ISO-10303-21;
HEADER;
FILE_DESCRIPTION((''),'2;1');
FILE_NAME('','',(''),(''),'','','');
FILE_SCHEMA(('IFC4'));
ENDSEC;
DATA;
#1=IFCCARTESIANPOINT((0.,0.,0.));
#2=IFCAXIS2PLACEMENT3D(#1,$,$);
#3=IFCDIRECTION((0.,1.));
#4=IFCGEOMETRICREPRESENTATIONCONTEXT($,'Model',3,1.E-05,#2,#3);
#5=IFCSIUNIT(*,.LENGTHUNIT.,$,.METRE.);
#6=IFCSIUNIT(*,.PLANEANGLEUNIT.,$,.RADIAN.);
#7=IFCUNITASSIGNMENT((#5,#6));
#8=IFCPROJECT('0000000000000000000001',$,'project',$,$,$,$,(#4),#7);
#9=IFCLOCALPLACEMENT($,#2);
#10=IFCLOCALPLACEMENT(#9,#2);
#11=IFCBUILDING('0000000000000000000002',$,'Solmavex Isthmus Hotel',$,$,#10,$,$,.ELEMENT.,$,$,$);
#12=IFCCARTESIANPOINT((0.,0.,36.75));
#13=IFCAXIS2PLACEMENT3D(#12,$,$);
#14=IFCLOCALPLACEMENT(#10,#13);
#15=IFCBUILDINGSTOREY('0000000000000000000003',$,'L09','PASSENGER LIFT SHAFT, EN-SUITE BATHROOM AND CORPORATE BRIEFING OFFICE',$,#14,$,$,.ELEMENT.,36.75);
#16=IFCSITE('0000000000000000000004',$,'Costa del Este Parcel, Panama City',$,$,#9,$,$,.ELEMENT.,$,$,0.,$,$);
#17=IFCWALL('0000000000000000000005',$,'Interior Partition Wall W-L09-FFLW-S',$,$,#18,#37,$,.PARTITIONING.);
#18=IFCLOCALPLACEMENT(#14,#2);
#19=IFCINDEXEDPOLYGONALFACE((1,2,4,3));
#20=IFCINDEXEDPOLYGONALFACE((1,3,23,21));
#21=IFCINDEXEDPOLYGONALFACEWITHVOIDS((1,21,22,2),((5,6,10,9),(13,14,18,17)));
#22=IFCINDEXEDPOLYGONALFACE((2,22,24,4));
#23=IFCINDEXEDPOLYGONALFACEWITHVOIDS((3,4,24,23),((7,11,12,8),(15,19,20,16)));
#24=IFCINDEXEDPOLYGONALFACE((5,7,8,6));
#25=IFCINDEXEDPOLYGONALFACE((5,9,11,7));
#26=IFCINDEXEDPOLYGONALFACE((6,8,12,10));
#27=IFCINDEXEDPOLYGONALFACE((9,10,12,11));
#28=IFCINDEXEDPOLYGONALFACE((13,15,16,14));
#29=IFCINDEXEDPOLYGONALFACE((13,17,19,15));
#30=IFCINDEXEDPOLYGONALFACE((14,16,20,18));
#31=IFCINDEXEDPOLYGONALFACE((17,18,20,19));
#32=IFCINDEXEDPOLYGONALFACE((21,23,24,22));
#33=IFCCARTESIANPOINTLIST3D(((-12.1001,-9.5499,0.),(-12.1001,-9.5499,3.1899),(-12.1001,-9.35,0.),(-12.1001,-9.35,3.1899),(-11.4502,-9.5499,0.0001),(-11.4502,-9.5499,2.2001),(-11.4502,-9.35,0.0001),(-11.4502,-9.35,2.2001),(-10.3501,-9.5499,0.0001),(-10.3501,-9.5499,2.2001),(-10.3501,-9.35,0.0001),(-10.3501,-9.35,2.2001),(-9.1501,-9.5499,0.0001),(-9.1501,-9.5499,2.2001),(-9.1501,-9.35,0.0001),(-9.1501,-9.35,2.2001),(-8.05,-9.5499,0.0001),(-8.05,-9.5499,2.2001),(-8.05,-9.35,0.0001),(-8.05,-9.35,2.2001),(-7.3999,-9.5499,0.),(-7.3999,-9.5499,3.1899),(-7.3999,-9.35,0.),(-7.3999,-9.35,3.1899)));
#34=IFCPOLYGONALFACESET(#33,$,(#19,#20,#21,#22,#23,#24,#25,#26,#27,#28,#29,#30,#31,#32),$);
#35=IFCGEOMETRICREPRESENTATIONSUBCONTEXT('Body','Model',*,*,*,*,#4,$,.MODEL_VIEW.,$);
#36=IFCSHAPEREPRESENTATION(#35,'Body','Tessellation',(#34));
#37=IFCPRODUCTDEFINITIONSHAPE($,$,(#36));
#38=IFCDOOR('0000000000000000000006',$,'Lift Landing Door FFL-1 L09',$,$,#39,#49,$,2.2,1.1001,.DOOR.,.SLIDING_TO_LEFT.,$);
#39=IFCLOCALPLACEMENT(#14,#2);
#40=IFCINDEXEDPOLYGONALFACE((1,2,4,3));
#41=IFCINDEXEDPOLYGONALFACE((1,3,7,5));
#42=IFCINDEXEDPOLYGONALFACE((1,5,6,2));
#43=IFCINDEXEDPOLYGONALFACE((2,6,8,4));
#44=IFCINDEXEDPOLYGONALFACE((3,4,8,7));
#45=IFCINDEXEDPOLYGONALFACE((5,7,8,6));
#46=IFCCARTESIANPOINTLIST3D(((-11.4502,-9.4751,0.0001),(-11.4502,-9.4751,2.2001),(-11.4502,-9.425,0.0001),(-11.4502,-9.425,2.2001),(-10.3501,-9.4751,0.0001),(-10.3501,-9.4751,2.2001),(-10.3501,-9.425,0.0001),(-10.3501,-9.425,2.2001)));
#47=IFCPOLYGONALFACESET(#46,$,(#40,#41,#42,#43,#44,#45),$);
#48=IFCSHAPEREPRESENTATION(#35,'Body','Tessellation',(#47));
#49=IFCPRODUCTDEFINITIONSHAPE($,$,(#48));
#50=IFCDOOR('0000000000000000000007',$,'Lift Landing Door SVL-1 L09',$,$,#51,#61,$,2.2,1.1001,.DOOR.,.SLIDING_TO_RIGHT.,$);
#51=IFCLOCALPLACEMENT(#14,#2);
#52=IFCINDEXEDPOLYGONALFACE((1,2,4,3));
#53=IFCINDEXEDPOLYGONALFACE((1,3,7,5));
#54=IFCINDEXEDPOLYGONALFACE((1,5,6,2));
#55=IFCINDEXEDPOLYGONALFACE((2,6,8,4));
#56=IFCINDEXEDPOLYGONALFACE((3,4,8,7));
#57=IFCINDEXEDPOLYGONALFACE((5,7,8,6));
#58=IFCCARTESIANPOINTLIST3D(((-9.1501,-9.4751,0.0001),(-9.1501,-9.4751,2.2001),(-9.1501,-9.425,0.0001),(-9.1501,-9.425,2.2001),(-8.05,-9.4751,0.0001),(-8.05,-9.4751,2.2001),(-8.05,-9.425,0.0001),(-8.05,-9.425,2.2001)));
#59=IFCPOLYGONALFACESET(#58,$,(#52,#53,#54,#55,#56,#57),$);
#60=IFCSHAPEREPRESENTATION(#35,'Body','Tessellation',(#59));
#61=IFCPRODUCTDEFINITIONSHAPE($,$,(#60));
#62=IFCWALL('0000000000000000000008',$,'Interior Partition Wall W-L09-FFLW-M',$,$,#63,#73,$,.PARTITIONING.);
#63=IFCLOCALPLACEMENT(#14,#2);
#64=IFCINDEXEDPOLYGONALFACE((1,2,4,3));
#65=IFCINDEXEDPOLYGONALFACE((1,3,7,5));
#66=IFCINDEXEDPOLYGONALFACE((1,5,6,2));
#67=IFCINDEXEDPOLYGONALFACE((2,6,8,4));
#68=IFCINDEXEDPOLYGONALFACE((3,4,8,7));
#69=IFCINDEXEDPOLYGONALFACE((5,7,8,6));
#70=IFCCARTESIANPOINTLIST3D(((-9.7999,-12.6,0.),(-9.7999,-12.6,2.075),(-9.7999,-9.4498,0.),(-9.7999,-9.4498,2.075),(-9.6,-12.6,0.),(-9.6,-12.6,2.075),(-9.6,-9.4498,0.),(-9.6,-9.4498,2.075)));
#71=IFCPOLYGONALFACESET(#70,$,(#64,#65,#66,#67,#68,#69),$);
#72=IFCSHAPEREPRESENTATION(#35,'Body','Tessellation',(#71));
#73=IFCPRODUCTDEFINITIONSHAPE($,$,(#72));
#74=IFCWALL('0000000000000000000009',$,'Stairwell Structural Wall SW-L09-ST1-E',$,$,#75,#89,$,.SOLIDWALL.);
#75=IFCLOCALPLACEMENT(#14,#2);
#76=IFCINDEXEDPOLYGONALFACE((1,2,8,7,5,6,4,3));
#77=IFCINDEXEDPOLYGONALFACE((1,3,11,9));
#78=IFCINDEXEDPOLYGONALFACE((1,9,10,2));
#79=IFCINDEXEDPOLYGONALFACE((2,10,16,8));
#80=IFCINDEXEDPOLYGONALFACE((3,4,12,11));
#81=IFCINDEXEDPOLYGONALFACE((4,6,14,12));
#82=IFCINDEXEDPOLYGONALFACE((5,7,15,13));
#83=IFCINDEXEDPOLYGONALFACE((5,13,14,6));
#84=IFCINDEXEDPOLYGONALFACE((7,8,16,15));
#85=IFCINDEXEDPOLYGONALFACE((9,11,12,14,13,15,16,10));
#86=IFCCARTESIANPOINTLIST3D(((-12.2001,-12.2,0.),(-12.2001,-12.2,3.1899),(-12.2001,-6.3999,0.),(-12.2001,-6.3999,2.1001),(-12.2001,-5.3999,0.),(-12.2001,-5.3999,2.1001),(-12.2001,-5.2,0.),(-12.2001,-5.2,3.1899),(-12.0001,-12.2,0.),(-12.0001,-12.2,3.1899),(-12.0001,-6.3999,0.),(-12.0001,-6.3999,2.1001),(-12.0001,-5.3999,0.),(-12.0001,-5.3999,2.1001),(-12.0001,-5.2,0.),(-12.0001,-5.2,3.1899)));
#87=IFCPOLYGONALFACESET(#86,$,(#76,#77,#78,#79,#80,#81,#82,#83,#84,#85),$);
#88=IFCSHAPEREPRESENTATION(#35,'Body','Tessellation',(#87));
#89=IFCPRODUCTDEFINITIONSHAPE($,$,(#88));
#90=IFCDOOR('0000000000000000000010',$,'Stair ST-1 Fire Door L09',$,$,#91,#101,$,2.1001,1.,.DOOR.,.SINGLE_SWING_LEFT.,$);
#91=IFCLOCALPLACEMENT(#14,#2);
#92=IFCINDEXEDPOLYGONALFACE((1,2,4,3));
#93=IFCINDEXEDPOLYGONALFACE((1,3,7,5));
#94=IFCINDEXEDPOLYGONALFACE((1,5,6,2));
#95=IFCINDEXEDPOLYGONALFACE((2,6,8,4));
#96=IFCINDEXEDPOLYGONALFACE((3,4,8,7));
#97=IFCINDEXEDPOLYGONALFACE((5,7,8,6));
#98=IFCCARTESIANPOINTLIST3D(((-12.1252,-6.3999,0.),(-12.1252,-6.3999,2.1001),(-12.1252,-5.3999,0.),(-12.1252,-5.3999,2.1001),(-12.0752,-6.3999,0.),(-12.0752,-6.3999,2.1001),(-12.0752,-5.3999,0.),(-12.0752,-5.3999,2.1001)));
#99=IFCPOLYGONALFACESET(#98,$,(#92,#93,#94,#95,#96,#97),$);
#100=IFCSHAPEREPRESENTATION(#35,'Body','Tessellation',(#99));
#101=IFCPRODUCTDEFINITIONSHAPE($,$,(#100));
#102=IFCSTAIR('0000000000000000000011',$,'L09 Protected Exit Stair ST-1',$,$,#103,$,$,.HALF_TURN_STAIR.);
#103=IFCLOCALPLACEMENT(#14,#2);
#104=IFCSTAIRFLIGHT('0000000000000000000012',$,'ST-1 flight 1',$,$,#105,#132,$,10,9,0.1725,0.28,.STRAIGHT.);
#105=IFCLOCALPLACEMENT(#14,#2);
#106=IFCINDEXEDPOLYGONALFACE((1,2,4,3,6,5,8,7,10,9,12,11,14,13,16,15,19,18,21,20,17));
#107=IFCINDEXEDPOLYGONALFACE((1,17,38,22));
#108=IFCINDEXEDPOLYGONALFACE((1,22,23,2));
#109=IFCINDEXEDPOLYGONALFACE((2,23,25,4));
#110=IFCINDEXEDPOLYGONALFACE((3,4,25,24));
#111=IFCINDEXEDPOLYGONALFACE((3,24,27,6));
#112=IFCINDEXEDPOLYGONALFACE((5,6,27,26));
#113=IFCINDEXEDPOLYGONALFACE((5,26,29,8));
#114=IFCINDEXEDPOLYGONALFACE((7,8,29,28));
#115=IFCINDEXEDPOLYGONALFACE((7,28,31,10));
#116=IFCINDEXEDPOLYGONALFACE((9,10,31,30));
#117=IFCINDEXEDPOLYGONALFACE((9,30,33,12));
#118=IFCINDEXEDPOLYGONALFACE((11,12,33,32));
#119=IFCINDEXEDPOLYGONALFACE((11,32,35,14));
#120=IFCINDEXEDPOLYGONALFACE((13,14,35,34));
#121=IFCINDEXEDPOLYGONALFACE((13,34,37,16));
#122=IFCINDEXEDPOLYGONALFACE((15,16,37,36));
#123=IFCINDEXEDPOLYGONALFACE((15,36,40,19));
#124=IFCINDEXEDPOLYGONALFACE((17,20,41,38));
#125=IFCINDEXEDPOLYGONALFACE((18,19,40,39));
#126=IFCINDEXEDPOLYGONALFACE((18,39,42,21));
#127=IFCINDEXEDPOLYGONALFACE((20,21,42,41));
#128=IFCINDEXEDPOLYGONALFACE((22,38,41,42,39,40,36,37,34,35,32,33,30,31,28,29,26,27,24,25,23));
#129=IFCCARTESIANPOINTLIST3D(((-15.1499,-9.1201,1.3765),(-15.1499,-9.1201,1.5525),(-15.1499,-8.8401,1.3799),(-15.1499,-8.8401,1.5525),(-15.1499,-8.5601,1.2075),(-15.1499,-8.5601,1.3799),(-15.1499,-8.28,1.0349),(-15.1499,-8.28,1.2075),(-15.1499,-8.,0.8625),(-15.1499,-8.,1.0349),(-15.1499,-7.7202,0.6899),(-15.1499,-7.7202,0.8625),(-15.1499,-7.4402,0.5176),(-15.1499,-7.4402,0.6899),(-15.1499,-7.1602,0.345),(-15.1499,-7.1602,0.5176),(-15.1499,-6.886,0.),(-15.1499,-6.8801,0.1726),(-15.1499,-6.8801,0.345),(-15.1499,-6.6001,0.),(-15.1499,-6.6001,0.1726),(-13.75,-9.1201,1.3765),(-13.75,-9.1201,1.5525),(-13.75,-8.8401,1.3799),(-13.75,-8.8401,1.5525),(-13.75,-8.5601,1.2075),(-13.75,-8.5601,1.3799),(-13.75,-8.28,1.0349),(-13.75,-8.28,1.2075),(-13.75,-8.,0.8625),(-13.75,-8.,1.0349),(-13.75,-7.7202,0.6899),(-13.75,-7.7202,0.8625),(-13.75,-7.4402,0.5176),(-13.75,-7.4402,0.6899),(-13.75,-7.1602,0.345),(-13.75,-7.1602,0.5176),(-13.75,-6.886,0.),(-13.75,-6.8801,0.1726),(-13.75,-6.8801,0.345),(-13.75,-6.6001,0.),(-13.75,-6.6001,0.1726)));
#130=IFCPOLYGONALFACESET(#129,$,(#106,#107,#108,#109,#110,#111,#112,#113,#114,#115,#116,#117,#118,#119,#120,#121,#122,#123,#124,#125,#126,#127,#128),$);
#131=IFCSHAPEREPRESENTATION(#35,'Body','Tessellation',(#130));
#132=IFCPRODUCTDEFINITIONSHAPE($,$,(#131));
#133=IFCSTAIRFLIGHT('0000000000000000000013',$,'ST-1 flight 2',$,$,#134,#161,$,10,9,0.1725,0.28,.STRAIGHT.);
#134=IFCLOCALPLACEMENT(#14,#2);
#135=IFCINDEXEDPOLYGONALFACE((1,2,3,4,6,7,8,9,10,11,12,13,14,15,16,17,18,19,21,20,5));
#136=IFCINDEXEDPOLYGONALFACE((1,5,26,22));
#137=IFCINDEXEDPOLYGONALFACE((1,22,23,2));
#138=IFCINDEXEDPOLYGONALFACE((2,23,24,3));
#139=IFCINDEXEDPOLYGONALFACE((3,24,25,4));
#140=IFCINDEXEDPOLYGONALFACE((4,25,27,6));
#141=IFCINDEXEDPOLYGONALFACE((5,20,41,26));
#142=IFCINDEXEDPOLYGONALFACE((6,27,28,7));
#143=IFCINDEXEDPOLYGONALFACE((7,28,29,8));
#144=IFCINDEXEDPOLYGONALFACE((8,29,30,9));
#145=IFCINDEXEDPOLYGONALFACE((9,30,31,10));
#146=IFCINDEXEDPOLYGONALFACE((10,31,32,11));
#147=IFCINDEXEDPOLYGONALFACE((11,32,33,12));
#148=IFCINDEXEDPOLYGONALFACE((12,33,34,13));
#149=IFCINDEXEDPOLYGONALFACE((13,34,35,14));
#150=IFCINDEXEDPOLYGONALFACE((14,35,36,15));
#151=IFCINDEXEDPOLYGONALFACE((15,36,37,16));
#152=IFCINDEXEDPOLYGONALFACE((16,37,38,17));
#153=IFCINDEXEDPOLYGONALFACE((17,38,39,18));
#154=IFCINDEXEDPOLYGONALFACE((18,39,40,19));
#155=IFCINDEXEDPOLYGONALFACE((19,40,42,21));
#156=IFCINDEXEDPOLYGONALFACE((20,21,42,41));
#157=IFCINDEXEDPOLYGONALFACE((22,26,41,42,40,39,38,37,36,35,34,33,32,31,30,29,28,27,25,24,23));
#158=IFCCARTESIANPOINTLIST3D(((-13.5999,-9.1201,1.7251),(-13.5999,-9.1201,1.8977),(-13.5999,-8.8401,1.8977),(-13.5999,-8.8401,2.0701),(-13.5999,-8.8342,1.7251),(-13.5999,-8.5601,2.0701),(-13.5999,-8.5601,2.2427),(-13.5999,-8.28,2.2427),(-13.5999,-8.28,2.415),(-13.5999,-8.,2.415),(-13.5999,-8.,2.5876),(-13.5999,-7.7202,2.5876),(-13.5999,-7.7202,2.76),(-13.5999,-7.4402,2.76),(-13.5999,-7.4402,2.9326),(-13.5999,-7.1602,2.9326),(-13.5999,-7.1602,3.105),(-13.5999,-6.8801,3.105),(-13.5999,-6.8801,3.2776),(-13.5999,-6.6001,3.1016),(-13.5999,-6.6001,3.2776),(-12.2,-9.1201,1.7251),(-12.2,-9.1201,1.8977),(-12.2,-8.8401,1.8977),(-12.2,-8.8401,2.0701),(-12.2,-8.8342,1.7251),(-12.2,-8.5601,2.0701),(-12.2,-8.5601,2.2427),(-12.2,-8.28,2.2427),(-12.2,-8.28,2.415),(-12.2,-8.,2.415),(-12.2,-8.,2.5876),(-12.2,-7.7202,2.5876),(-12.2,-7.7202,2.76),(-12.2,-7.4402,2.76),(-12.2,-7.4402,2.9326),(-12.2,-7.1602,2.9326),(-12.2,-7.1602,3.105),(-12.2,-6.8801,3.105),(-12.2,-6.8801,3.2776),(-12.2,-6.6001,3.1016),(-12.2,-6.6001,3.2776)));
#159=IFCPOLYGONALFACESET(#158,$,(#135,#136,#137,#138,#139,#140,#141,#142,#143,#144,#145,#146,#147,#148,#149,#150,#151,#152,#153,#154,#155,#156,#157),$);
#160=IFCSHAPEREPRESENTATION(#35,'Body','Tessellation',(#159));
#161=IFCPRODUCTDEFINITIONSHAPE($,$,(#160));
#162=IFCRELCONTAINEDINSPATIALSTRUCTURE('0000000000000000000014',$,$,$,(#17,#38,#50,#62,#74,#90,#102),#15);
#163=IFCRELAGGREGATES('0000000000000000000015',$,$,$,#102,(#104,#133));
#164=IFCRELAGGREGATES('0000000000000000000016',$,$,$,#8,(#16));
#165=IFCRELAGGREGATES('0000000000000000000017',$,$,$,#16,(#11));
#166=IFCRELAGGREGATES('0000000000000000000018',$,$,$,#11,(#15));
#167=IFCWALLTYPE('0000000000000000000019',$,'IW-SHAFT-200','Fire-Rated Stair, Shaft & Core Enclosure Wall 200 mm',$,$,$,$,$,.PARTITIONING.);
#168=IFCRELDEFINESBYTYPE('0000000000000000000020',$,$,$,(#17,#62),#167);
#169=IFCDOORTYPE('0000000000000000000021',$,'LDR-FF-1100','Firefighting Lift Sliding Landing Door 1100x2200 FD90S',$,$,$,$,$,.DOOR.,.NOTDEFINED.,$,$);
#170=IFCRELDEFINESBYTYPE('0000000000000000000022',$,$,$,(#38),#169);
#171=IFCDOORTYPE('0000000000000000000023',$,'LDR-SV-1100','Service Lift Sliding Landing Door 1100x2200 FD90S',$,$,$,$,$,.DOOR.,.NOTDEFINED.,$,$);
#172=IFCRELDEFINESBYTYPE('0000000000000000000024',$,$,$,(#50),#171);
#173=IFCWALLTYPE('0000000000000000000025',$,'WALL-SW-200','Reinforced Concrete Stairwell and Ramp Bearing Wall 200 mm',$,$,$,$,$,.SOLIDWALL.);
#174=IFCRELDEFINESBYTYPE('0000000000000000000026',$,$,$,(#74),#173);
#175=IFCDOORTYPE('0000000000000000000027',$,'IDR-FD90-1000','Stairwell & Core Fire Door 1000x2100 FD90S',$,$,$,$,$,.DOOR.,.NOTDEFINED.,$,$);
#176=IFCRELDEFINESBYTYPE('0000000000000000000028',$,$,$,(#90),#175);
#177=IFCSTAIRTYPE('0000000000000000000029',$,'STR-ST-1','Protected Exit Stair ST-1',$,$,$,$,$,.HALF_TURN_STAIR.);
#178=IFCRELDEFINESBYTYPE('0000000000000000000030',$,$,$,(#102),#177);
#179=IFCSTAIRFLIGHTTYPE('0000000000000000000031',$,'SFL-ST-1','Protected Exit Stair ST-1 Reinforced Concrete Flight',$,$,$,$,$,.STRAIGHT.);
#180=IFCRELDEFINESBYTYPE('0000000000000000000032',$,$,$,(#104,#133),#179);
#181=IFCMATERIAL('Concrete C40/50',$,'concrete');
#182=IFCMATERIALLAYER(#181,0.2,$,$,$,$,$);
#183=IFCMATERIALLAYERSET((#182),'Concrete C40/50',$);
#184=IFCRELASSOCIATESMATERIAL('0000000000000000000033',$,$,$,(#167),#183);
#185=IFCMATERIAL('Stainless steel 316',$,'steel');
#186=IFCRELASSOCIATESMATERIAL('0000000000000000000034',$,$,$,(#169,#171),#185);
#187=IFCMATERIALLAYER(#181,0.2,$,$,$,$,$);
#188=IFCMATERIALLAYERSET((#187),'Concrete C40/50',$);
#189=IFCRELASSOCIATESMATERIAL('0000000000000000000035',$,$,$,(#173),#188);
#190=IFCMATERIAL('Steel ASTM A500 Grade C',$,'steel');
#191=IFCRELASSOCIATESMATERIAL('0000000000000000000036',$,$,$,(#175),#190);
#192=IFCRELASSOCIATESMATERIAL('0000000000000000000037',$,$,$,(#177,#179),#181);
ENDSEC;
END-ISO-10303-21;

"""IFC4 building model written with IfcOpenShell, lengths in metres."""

from ifc_helpers import new_model, si_unit, direction, frame, frame_2d, origin, place, context, subcontext, project, spatial, polyline, rectangle, outline, extrude, material, layer, layer_set, type_object, element, fill, aggregate, save


model = new_model("IFC4")

# Units and contexts
model_context = context("Model", 3, precision=1e-05, world=origin(), true_north=direction((0.0, 1.0)))
body_context = subcontext(model_context, "Body", "Model", "MODEL_VIEW")
ifc_project = project(units=[si_unit("LENGTHUNIT", "METRE"), si_unit("PLANEANGLEUNIT", "RADIAN")], contexts=[model_context])

# Site, building, storey
site_placement = place(None, origin())
site = spatial("IfcSite", under=ifc_project, at=site_placement, Name="Costa del Este Parcel, Panama City", CompositionType="ELEMENT", RefElevation=0.0)
building_placement = place(site_placement, origin())
building = spatial("IfcBuilding", under=site, at=building_placement, Name="Solmavex Isthmus Hotel", CompositionType="ELEMENT")
storey_placement = place(building_placement, frame((0.0, 0.0, 36.75)))
storey = spatial("IfcBuildingStorey", under=building, at=storey_placement, Name="L09", Description="PASSENGER LIFT SHAFT, EN-SUITE BATHROOM AND CORPORATE BRIEFING OFFICE", CompositionType="ELEMENT", Elevation=36.75)

# Wall, openings, doors
ifc_material_1 = material(Name="Concrete C40/50", Category="concrete")
ifc_layer_1 = layer(ifc_material_1, 0.2)
ifc_layer_set_1 = layer_set([ifc_layer_1], Name="Concrete C40/50")
wall_type_1 = type_object("IfcWallType", Name="IW-SHAFT-200", Description="Fire-Rated Stair, Shaft & Core Enclosure Wall 200 mm", PredefinedType="PARTITIONING", material=ifc_layer_set_1)
wall_1_placement = place(storey_placement, frame((-12.1001, -9.45, 0.0), z_axis=(0.0, 0.0, 1.0), x_axis=(1.0, 0.0, 0.0)))
wall_1 = element("IfcWall", 1, at=wall_1_placement, inside=storey, type_object=wall_type_1, Name="Interior Partition Wall W-L09-FFLW-S", PredefinedType="PARTITIONING", context=body_context, shape_type="SweptSolid", body=[
    extrude(rectangle(XDim=4.7002, YDim=0.2, at=frame_2d((2.3501, 0.0))), origin(), (0.0, 0.0, 1.0), 3.1899),
])
opening_1_placement = place(wall_1_placement, frame((0.6499, 0.0, 0.0)))
opening_1 = element("IfcOpeningElement", 2, at=opening_1_placement, cuts=wall_1, PredefinedType="OPENING", context=body_context, shape_type="SweptSolid", body=[
    extrude(rectangle(XDim=1.1001, YDim=2.2, at=frame_2d((0.55, 1.1001))), frame((0.0, 0.1099, 0.0), z_axis=(0.0, -1.0, 0.0), x_axis=(1.0, 0.0, 0.0)), (0.0, 0.0, 1.0), 0.22),
])
opening_2_placement = place(wall_1_placement, frame((2.95, 0.0, 0.0)))
opening_2 = element("IfcOpeningElement", 3, at=opening_2_placement, cuts=wall_1, PredefinedType="OPENING", context=body_context, shape_type="SweptSolid", body=[
    extrude(rectangle(XDim=1.1001, YDim=2.2, at=frame_2d((0.55, 1.1001))), frame((0.0, 0.1099, 0.0), z_axis=(0.0, -1.0, 0.0), x_axis=(1.0, 0.0, 0.0)), (0.0, 0.0, 1.0), 0.22),
])
ifc_material_2 = material(Name="Stainless steel 316", Category="steel")
door_type_1 = type_object("IfcDoorType", Name="LDR-FF-1100", Description="Firefighting Lift Sliding Landing Door 1100x2200 FD90S", OperationType="NOTDEFINED", PredefinedType="DOOR", material=ifc_material_2)
door_1_placement = place(opening_1_placement, origin())
door_1 = element("IfcDoor", 4, at=door_1_placement, inside=storey, type_object=door_type_1, Name="Lift Landing Door FFL-1 L09", OperationType="SLIDING_TO_LEFT", OverallHeight=2.2, OverallWidth=1.1001, PredefinedType="DOOR", context=body_context, shape_type="SweptSolid", body=[
    extrude(rectangle(XDim=1.1001, YDim=2.2, at=frame_2d((0.55, 1.1001))), frame((0.0, 0.0249, 0.0), z_axis=(0.0, -1.0, 0.0), x_axis=(1.0, 0.0, 0.0)), (0.0, 0.0, 1.0), 0.05),
])
fill(opening_1, door_1)
door_type_2 = type_object("IfcDoorType", Name="LDR-SV-1100", Description="Service Lift Sliding Landing Door 1100x2200 FD90S", OperationType="NOTDEFINED", PredefinedType="DOOR", material=ifc_material_2)
door_2_placement = place(opening_2_placement, origin())
door_2 = element("IfcDoor", 5, at=door_2_placement, inside=storey, type_object=door_type_2, Name="Lift Landing Door SVL-1 L09", OperationType="SLIDING_TO_RIGHT", OverallHeight=2.2, OverallWidth=1.1001, PredefinedType="DOOR", context=body_context, shape_type="SweptSolid", body=[
    extrude(rectangle(XDim=1.1001, YDim=2.2, at=frame_2d((0.55, 1.1001))), frame((0.0, 0.0249, 0.0), z_axis=(0.0, -1.0, 0.0), x_axis=(1.0, 0.0, 0.0)), (0.0, 0.0, 1.0), 0.05),
])
fill(opening_2, door_2)

# Wall
wall_2_placement = place(storey_placement, frame((-9.7, -12.6001, 0.0), z_axis=(0.0, 0.0, 1.0), x_axis=(0.0, 1.0, 0.0)))
element("IfcWall", 6, at=wall_2_placement, inside=storey, type_object=wall_type_1, Name="Interior Partition Wall W-L09-FFLW-M", PredefinedType="PARTITIONING", context=body_context, shape_type="SweptSolid", body=[
    extrude(rectangle(XDim=3.1501, YDim=0.2, at=frame_2d((1.5752, 0.0))), origin(), (0.0, 0.0, 1.0), 2.075),
])

# Wall, opening, door
ifc_layer_2 = layer(ifc_material_1, 0.2)
ifc_layer_set_2 = layer_set([ifc_layer_2], Name="Concrete C40/50")
wall_type_2 = type_object("IfcWallType", Name="WALL-SW-200", Description="Reinforced Concrete Stairwell and Ramp Bearing Wall 200 mm", PredefinedType="SOLIDWALL", material=ifc_layer_set_2)
wall_3_placement = place(storey_placement, frame((-12.1001, -12.2, 0.0), z_axis=(0.0, 0.0, 1.0), x_axis=(0.0, 1.0, 0.0)))
wall_3 = element("IfcWall", 7, at=wall_3_placement, inside=storey, type_object=wall_type_2, Name="Stairwell Structural Wall SW-L09-ST1-E", PredefinedType="SOLIDWALL", context=body_context, shape_type="SweptSolid", body=[
    extrude(rectangle(XDim=7.0, YDim=0.2, at=frame_2d((3.5, 0.0))), origin(), (0.0, 0.0, 1.0), 3.1899),
])
opening_3_placement = place(wall_3_placement, frame((5.8, 0.0, 0.0)))
opening_3 = element("IfcOpeningElement", 8, at=opening_3_placement, cuts=wall_3, PredefinedType="OPENING", context=body_context, shape_type="SweptSolid", body=[
    extrude(rectangle(XDim=1.0, YDim=2.1001, at=frame_2d((0.5, 1.05))), frame((0.0, 0.1099, 0.0), z_axis=(0.0, -1.0, 0.0), x_axis=(1.0, 0.0, 0.0)), (0.0, 0.0, 1.0), 0.22),
])
ifc_material_3 = material(Name="Steel ASTM A500 Grade C", Category="steel")
door_type_3 = type_object("IfcDoorType", Name="IDR-FD90-1000", Description="Stairwell & Core Fire Door 1000x2100 FD90S", OperationType="NOTDEFINED", PredefinedType="DOOR", material=ifc_material_3)
door_3_placement = place(opening_3_placement, frame((1.0, 0.0, 0.0), z_axis=(0.0, 0.0, 1.0), x_axis=(-1.0, 0.0, 0.0)))
door_3 = element("IfcDoor", 9, at=door_3_placement, inside=storey, type_object=door_type_3, Name="Stair ST-1 Fire Door L09", OperationType="SINGLE_SWING_LEFT", OverallHeight=2.1001, OverallWidth=1.0, PredefinedType="DOOR", context=body_context, shape_type="SweptSolid", body=[
    extrude(rectangle(XDim=1.0, YDim=2.1001, at=frame_2d((0.5, 1.05))), frame((0.0, 0.0249, 0.0), z_axis=(0.0, -1.0, 0.0), x_axis=(1.0, 0.0, 0.0)), (0.0, 0.0, 1.0), 0.05),
])
fill(opening_3, door_3)

# Stair, stair flights
stair_type = type_object("IfcStairType", Name="STR-ST-1", Description="Protected Exit Stair ST-1", PredefinedType="HALF_TURN_STAIR", material=ifc_material_1)
stair_placement = place(storey_placement, origin())
stair = element("IfcStair", 10, at=stair_placement, inside=storey, type_object=stair_type, Name="L09 Protected Exit Stair ST-1", PredefinedType="HALF_TURN_STAIR")
stair_flight_type = type_object("IfcStairFlightType", Name="SFL-ST-1", Description="Protected Exit Stair ST-1 Reinforced Concrete Flight", PredefinedType="STRAIGHT", material=ifc_material_1)
stair_flight_1_placement = place(storey_placement, frame((-14.45, -6.6001, 0.0), z_axis=(0.0, 0.0, 1.0), x_axis=(0.0, -1.0, 0.0)))
stair_flight_1 = element("IfcStairFlight", 11, at=stair_flight_1_placement, type_object=stair_flight_type, Name="ST-1 flight 1", NumberOfRisers=10, NumberOfTreads=9, PredefinedType="STRAIGHT", RiserHeight=0.1725, TreadLength=0.28, context=body_context, shape_type="SweptSolid", body=[
    extrude(outline(polyline([(0.0, 0.0), (0.0, 0.1726), (0.28, 0.1726), (0.28, 0.345), (0.5601, 0.345), (0.5601, 0.5176), (0.8401, 0.5176), (0.8401, 0.6899), (1.1201, 0.6899), (1.1201, 0.8625), (1.3999, 0.8625), (1.3999, 1.0349), (1.6799, 1.0349), (1.6799, 1.2075), (1.96, 1.2075), (1.96, 1.3799), (2.24, 1.3799), (2.24, 1.5525), (2.52, 1.5525), (2.52, 1.7251), (2.52, 1.3765), (0.2859, 0.0), (0.0, 0.0)])), frame((0.0, 0.7, 0.0), z_axis=(0.0, -1.0, 0.0), x_axis=(1.0, 0.0, 0.0)), (0.0, 0.0, 1.0), 1.3999),
])
stair_flight_2_placement = place(storey_placement, frame((-12.8999, -9.1201, 1.7251), z_axis=(0.0, 0.0, 1.0), x_axis=(0.0, 1.0, 0.0)))
stair_flight_2 = element("IfcStairFlight", 12, at=stair_flight_2_placement, type_object=stair_flight_type, Name="ST-1 flight 2", NumberOfRisers=10, NumberOfTreads=9, PredefinedType="STRAIGHT", RiserHeight=0.1725, TreadLength=0.28, context=body_context, shape_type="SweptSolid", body=[
    extrude(outline(polyline([(0.0, 0.0), (0.0, 0.1726), (0.28, 0.1726), (0.28, 0.345), (0.5601, 0.345), (0.5601, 0.5176), (0.8401, 0.5176), (0.8401, 0.6899), (1.1201, 0.6899), (1.1201, 0.8625), (1.3999, 0.8625), (1.3999, 1.0349), (1.6799, 1.0349), (1.6799, 1.2075), (1.96, 1.2075), (1.96, 1.3799), (2.24, 1.3799), (2.24, 1.5525), (2.52, 1.5525), (2.52, 1.7251), (2.52, 1.3765), (0.2859, 0.0), (0.0, 0.0)])), frame((0.0, 0.7, 0.0), z_axis=(0.0, -1.0, 0.0), x_axis=(1.0, 0.0, 0.0)), (0.0, 0.0, 1.0), 1.3999),
])
aggregate(stair, [stair_flight_1, stair_flight_2])

save(model, "model.ifc")
